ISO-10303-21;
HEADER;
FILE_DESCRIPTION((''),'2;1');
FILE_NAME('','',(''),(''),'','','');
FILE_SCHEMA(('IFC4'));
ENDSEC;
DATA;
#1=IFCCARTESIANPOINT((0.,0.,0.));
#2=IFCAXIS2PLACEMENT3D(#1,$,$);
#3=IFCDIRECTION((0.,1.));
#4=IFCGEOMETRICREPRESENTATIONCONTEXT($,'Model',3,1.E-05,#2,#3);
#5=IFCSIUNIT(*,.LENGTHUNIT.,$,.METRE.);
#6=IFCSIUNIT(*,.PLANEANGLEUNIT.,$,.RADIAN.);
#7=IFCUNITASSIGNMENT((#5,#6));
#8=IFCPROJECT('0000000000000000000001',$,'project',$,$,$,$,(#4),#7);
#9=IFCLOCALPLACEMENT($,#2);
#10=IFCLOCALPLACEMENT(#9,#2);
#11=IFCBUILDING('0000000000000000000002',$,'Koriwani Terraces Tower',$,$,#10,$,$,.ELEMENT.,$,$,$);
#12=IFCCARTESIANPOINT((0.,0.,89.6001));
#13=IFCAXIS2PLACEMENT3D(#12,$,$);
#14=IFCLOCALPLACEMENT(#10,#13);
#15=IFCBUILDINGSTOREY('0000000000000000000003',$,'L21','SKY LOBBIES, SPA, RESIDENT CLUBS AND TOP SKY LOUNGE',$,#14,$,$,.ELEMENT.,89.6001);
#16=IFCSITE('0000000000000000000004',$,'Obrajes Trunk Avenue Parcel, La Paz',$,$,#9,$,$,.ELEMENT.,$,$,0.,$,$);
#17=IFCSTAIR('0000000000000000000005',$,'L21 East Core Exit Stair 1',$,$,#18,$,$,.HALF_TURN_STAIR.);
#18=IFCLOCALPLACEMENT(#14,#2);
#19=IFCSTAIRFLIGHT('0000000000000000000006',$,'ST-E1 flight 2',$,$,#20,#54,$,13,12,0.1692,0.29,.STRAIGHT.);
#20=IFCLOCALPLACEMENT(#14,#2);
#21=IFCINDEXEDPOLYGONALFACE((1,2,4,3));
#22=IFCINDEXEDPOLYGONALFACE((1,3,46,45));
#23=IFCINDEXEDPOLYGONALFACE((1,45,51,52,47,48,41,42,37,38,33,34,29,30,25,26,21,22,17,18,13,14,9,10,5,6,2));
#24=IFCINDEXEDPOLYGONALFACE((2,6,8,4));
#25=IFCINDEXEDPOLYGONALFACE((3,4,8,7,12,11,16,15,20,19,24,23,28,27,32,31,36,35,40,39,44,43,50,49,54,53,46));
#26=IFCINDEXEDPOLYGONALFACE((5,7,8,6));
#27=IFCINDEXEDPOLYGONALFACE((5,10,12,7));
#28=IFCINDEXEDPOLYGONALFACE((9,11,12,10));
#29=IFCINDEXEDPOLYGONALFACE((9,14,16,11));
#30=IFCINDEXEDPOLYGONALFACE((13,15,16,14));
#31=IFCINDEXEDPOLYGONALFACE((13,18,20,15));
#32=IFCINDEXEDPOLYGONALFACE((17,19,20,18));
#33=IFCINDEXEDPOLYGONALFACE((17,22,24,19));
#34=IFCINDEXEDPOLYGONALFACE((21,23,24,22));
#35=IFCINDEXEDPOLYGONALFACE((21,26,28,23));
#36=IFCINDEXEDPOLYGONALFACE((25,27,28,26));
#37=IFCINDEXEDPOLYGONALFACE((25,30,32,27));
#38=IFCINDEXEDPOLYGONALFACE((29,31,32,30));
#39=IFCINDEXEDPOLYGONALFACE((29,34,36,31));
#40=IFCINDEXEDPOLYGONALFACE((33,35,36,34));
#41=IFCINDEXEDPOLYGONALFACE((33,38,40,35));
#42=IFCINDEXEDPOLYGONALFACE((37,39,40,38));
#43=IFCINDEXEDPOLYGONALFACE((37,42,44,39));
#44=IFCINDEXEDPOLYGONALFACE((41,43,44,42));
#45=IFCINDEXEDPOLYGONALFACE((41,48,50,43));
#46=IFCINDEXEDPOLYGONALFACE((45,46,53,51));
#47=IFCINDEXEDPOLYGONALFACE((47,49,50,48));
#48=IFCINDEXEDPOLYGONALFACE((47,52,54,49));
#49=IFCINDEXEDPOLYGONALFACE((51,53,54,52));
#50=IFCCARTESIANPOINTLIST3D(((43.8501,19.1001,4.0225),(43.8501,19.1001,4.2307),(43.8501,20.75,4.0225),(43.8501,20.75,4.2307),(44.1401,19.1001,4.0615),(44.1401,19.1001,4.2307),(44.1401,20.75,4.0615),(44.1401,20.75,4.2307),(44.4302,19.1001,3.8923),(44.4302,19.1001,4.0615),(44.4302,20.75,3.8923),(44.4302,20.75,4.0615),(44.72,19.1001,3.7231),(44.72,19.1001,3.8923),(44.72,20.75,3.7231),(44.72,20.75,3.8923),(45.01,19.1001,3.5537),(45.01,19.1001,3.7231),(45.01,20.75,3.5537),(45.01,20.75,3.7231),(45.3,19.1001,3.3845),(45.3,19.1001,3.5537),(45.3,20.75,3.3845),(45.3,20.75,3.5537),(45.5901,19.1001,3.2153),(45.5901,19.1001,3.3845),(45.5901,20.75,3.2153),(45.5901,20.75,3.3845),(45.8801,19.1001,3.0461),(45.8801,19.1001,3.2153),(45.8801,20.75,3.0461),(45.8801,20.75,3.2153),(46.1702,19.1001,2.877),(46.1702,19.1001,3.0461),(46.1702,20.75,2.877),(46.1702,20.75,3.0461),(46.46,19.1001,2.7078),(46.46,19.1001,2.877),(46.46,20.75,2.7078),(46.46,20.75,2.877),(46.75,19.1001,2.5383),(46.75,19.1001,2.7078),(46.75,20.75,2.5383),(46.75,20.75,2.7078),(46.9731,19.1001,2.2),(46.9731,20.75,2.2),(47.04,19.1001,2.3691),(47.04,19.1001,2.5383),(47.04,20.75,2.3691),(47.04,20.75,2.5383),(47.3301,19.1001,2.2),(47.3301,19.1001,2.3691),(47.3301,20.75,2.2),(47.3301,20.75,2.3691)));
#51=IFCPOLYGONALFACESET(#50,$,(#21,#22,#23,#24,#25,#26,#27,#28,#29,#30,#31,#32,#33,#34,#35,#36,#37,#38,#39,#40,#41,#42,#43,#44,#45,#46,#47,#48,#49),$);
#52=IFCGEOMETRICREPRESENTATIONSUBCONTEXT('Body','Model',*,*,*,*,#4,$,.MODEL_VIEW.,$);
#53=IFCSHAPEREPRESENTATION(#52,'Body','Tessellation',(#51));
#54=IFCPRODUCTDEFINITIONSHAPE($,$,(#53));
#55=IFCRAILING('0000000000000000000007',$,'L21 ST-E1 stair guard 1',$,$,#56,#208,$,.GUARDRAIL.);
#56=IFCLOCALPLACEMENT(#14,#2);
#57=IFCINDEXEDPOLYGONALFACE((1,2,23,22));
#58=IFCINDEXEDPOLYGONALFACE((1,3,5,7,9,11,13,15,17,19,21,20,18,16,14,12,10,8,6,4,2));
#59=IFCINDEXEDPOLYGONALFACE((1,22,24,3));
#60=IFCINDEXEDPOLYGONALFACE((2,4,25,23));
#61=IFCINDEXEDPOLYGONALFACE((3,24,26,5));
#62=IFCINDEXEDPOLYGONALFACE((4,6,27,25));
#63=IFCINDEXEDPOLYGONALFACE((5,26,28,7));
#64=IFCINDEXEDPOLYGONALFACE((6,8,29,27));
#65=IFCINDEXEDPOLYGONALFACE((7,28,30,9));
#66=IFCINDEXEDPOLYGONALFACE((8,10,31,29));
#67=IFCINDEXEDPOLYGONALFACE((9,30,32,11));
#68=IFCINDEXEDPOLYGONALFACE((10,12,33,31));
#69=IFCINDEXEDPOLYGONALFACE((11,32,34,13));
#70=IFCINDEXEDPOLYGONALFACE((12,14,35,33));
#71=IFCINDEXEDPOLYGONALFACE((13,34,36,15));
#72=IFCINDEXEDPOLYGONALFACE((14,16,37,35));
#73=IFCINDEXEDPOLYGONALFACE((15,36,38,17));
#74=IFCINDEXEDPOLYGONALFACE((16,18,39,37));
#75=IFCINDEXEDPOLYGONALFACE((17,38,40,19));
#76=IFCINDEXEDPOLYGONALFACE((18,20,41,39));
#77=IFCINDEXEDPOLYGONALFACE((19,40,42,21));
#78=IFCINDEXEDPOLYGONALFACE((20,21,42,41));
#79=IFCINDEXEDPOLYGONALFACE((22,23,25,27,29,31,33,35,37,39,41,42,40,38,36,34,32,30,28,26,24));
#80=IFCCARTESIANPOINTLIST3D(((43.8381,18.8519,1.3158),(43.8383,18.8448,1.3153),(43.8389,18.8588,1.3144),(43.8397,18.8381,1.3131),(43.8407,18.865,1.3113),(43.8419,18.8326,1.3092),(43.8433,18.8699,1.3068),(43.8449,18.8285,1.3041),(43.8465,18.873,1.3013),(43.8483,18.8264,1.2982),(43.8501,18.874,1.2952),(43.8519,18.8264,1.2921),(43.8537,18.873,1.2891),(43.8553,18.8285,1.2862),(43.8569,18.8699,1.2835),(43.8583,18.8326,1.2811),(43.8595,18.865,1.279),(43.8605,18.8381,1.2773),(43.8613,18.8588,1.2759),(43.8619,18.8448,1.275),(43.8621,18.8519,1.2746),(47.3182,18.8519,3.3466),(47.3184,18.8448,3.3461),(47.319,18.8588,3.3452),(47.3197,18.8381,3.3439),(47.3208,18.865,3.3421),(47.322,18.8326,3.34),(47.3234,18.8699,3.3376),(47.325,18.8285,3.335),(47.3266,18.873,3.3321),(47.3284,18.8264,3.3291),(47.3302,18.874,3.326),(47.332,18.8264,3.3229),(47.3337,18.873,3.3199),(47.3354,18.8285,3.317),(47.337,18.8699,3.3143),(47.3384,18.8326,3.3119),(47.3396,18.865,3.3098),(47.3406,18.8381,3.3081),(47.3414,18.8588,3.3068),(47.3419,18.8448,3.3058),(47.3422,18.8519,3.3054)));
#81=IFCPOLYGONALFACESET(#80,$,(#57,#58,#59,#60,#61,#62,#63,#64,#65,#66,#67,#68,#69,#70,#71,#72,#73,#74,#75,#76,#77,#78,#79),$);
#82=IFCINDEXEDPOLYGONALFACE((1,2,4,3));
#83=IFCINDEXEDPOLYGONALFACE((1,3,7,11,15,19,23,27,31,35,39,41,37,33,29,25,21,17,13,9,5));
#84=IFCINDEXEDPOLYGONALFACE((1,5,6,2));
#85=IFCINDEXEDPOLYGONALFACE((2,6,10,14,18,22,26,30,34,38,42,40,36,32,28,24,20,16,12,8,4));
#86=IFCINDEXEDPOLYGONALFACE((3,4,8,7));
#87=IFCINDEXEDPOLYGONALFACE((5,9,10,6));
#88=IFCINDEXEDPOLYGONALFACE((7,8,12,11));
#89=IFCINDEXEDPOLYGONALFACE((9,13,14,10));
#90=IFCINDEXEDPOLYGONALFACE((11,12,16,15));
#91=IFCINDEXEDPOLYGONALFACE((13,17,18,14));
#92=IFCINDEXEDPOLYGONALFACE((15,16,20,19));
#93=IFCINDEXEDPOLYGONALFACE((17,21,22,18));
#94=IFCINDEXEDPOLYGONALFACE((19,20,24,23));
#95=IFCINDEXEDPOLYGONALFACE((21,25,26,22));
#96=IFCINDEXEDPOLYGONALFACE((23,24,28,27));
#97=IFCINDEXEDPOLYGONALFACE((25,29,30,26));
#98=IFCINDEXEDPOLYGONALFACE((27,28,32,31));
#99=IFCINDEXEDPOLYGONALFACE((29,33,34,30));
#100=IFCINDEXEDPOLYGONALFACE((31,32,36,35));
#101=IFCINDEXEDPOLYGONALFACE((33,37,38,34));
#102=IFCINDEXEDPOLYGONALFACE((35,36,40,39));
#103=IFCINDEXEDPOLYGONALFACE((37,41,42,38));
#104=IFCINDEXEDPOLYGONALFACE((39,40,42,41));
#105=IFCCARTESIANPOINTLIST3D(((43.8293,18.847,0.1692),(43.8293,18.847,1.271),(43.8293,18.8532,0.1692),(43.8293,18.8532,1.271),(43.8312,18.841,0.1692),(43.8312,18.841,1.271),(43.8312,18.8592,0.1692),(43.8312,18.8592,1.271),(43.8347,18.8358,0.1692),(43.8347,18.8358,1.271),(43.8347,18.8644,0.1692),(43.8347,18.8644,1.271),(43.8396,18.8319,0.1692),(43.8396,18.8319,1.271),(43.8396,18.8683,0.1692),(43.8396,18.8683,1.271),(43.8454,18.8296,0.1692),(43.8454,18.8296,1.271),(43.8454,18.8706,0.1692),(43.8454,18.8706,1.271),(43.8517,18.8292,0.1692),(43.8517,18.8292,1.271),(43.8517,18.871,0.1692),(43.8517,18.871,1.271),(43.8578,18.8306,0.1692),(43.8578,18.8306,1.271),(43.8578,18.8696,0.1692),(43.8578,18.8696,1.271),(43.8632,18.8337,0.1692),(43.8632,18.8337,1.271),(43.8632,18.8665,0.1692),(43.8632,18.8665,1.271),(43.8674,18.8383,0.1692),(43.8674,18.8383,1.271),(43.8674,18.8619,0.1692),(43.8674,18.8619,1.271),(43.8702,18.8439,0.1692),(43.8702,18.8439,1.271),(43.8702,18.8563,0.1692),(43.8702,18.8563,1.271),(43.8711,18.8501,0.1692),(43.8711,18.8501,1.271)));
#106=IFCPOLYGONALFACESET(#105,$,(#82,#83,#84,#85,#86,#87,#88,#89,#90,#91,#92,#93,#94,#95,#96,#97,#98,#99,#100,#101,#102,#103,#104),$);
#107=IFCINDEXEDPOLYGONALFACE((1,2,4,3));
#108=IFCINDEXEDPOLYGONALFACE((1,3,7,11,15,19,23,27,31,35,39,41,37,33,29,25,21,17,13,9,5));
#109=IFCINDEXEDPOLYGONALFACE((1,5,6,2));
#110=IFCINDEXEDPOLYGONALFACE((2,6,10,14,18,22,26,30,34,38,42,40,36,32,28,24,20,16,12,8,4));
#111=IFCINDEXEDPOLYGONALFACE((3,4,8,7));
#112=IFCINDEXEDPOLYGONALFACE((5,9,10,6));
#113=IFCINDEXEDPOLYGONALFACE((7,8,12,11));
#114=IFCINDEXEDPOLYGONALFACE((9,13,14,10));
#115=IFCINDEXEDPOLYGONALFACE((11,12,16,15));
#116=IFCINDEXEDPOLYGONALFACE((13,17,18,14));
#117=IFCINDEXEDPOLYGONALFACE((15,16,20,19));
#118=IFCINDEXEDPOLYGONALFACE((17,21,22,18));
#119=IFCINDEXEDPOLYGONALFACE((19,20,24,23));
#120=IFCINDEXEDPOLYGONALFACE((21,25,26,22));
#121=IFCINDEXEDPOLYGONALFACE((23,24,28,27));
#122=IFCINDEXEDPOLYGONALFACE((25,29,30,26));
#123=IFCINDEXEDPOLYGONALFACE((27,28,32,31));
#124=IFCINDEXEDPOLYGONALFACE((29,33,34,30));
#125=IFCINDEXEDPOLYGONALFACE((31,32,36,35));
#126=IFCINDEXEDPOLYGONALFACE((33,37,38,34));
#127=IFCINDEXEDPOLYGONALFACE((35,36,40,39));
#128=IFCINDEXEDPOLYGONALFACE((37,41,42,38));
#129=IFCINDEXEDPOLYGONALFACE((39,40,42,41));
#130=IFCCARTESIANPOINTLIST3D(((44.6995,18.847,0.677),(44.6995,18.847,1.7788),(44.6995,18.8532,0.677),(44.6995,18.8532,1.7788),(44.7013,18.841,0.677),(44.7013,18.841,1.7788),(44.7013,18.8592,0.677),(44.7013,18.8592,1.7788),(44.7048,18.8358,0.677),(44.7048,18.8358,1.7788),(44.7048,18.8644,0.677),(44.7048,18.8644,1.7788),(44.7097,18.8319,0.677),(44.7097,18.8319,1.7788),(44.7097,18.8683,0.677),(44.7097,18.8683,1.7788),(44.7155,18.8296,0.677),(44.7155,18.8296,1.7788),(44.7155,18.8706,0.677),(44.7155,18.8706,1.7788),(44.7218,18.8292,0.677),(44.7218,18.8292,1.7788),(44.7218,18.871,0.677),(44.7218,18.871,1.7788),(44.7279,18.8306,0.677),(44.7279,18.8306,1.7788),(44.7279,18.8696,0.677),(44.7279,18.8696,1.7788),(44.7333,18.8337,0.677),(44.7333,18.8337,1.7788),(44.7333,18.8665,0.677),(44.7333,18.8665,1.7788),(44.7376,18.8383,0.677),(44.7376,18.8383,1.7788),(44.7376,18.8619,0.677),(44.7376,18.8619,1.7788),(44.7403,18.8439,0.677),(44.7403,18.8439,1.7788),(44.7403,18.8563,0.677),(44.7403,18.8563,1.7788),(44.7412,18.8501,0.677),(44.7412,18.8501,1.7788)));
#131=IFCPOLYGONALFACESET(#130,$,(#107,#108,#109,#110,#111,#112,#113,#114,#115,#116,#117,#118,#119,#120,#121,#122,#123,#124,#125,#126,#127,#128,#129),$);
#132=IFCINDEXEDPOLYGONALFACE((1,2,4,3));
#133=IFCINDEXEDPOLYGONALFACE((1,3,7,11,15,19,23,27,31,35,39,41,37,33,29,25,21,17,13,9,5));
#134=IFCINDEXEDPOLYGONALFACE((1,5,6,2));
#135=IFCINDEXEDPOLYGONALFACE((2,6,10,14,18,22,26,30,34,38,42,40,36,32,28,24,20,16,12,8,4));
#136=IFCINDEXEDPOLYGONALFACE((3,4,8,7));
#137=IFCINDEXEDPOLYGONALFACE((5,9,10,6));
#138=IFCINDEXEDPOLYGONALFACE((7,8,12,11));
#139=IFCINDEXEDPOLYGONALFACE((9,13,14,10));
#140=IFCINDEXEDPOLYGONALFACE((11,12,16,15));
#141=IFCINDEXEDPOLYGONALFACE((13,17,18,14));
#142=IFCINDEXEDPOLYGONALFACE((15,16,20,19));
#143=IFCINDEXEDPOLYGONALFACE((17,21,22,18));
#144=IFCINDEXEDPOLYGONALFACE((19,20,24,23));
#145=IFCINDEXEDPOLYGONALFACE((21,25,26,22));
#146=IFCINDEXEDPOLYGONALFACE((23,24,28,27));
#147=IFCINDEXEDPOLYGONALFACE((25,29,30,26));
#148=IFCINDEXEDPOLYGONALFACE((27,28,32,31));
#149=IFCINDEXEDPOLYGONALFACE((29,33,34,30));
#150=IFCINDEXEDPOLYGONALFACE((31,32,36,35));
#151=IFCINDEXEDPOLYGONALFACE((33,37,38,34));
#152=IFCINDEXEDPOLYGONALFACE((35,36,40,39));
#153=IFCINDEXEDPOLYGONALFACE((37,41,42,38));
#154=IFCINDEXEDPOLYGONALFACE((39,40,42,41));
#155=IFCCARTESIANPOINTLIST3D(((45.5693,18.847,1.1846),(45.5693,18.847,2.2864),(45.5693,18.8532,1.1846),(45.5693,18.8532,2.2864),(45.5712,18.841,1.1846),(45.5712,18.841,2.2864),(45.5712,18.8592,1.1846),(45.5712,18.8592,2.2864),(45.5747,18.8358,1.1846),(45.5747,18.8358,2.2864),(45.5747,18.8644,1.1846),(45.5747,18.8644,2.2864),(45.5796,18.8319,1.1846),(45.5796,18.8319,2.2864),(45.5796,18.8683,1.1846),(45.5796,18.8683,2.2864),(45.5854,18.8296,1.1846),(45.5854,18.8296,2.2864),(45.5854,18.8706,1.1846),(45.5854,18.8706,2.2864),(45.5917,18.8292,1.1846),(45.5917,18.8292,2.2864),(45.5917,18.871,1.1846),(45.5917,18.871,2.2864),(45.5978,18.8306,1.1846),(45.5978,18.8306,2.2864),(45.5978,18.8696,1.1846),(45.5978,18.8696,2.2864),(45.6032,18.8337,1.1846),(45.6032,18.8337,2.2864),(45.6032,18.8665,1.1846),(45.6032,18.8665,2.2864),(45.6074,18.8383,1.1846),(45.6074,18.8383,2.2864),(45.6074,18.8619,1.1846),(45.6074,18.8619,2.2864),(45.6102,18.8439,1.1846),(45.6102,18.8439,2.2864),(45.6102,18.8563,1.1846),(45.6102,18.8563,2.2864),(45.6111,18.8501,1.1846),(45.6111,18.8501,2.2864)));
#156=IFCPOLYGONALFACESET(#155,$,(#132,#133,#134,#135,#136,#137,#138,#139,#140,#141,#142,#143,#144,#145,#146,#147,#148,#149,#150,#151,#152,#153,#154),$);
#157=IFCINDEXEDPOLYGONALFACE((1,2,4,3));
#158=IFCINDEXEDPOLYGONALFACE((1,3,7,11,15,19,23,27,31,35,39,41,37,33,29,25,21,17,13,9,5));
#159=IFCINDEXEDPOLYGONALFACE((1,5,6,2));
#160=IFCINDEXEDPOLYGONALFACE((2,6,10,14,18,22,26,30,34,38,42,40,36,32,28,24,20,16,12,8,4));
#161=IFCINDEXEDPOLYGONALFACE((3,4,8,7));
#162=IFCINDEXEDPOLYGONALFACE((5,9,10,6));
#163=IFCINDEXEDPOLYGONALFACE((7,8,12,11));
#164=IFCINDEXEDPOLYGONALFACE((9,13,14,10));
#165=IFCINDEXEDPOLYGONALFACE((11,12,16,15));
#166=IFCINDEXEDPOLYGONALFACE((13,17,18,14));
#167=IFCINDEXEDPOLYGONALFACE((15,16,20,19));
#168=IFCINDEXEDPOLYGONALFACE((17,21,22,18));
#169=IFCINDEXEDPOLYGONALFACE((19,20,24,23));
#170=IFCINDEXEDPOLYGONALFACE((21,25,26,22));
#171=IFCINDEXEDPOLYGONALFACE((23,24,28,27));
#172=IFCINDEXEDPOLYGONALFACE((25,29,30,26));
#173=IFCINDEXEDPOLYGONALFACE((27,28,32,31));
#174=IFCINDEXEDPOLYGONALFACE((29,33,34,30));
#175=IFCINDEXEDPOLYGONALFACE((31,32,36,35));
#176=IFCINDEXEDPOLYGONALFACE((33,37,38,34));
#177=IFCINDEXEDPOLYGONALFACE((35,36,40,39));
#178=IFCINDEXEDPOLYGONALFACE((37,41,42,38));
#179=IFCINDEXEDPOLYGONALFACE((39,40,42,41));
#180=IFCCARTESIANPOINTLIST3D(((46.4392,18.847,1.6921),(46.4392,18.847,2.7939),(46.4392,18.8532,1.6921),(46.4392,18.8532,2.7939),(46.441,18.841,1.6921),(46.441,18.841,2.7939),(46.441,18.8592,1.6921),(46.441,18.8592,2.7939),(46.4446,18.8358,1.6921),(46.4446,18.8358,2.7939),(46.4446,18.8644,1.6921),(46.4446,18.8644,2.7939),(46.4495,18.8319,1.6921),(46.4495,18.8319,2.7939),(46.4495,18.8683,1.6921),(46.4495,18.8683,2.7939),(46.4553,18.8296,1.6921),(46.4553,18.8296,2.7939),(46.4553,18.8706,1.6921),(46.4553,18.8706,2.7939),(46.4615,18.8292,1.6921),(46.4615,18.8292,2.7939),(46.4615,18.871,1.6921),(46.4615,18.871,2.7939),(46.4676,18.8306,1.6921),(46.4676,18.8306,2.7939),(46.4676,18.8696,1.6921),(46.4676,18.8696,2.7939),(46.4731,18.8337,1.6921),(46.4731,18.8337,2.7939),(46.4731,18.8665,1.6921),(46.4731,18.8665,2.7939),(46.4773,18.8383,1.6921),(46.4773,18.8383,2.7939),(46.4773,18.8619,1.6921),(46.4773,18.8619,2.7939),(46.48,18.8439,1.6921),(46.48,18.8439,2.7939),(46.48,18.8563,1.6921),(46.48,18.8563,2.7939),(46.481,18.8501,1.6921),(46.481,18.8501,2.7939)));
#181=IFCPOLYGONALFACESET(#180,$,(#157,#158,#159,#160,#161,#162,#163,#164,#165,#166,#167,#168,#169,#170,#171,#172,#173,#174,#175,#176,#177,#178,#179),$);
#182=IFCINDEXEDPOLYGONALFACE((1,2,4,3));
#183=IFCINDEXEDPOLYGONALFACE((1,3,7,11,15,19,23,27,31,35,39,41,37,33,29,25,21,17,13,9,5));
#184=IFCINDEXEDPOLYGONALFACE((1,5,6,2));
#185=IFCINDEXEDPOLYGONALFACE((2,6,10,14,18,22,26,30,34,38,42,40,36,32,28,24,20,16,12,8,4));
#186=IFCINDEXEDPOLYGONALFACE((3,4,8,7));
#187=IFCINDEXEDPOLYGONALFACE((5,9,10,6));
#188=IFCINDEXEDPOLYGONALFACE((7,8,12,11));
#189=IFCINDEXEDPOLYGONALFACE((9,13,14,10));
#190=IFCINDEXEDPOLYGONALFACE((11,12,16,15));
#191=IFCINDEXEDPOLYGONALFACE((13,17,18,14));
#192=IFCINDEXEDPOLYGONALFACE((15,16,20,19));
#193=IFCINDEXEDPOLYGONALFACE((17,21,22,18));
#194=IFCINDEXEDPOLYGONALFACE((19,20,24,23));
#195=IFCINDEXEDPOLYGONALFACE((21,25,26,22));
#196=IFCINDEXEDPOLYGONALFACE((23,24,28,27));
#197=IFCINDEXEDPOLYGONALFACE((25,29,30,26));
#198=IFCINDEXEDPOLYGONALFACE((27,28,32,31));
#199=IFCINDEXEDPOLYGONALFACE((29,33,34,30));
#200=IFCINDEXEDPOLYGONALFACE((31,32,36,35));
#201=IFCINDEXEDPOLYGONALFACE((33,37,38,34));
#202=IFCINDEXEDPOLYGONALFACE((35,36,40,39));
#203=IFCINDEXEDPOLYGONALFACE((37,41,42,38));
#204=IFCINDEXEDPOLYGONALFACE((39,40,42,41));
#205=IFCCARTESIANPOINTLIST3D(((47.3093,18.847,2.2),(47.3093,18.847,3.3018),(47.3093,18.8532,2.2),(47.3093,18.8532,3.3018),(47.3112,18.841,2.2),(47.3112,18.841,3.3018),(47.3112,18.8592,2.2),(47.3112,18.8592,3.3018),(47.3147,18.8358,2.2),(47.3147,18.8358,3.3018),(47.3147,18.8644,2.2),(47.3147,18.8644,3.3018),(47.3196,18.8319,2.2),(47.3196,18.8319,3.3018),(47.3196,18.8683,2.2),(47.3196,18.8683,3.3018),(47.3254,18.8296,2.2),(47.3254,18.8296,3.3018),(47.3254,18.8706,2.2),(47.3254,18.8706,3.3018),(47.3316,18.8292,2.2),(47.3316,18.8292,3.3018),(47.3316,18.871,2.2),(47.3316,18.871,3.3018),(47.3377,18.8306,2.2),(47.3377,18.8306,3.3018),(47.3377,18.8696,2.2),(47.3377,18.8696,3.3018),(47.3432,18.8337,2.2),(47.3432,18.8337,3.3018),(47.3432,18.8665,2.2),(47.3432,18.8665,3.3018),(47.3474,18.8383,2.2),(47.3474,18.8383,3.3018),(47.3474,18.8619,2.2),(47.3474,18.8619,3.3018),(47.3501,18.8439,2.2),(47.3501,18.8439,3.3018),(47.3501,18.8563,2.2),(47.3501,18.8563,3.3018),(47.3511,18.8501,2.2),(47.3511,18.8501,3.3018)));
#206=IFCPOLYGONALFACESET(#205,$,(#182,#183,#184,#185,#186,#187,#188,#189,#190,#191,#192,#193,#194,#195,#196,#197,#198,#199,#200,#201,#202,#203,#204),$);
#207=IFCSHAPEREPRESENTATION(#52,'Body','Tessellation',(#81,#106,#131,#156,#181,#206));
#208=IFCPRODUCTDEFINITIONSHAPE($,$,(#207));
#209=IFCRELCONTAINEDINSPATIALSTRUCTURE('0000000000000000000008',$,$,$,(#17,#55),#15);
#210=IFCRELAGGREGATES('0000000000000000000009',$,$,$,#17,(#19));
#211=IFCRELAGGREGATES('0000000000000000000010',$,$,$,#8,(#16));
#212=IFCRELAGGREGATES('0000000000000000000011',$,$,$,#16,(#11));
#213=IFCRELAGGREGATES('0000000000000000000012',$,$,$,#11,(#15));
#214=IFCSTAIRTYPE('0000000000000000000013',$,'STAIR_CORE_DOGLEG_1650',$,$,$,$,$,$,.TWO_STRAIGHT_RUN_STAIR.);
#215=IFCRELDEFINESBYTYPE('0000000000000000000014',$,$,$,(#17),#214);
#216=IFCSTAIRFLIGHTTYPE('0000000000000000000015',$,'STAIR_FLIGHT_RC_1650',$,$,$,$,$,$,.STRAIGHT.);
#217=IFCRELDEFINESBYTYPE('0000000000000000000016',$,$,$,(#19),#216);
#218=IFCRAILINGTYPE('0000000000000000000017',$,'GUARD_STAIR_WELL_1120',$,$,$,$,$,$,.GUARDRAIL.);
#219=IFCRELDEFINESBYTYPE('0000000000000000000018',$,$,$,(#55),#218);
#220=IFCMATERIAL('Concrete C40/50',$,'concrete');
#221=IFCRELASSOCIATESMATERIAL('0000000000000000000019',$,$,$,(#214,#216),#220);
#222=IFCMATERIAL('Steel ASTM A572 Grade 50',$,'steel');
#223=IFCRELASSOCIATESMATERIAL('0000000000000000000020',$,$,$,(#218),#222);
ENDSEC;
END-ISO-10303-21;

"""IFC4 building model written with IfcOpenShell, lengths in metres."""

from ifc_helpers import new_model, si_unit, direction, frame, origin, origin_2d, place, context, subcontext, project, spatial, polyline, circle, outline, extrude, material, type_object, element, aggregate, save


model = new_model("IFC4")

# Units and contexts
model_context = context("Model", 3, precision=1e-05, world=origin(), true_north=direction((0.0, 1.0)))
body_context = subcontext(model_context, "Body", "Model", "MODEL_VIEW")
ifc_project = project(units=[si_unit("LENGTHUNIT", "METRE"), si_unit("PLANEANGLEUNIT", "RADIAN")], contexts=[model_context])

# Site, building, storey
site_placement = place(None, origin())
site = spatial("IfcSite", under=ifc_project, at=site_placement, Name="Obrajes Trunk Avenue Parcel, La Paz", CompositionType="ELEMENT", RefElevation=0.0)
building_placement = place(site_placement, origin())
building = spatial("IfcBuilding", under=site, at=building_placement, Name="Koriwani Terraces Tower", CompositionType="ELEMENT")
storey_placement = place(building_placement, frame((0.0, 0.0, 89.6001)))
storey = spatial("IfcBuildingStorey", under=building, at=storey_placement, Name="L21", Description="SKY LOBBIES, SPA, RESIDENT CLUBS AND TOP SKY LOUNGE", CompositionType="ELEMENT", Elevation=89.6001)

# Shared definitions
ifc_material_1 = material(Name="Steel ASTM A572 Grade 50", Category="steel")

# Shared definitions
ifc_material_2 = material(Name="Concrete C40/50", Category="concrete")

# Stair, stair flight
stair_type = type_object("IfcStairType", Name="STAIR_CORE_DOGLEG_1650", PredefinedType="TWO_STRAIGHT_RUN_STAIR", material=ifc_material_2)
stair_placement = place(storey_placement, origin())
stair = element("IfcStair", 1, at=stair_placement, inside=storey, type_object=stair_type, Name="L21 East Core Exit Stair 1", PredefinedType="HALF_TURN_STAIR")
stair_flight_type = type_object("IfcStairFlightType", Name="STAIR_FLIGHT_RC_1650", PredefinedType="STRAIGHT", material=ifc_material_2)
stair_flight_1_placement = place(storey_placement, frame((47.3301, 19.925, 2.2), z_axis=(0.0, 0.0, 1.0), x_axis=(-1.0, 0.0, 0.0)))
stair_flight_1 = element("IfcStairFlight", 2, at=stair_flight_1_placement, type_object=stair_flight_type, Name="ST-E1 flight 2", NumberOfRisers=13, NumberOfTreads=12, PredefinedType="STRAIGHT", RiserHeight=0.1692, TreadLength=0.29, context=body_context, shape_type="SweptSolid", body=[
    extrude(outline(polyline([(0.0, 0.0), (0.0, 0.1692), (0.29, 0.1692), (0.29, 0.3384), (0.5801, 0.3384), (0.5801, 0.5078), (0.8701, 0.5078), (0.8701, 0.677), (1.1599, 0.677), (1.1599, 0.8462), (1.45, 0.8462), (1.45, 1.0154), (1.74, 1.0154), (1.74, 1.1846), (2.03, 1.1846), (2.03, 1.3538), (2.3201, 1.3538), (2.3201, 1.5232), (2.6101, 1.5232), (2.6101, 1.6924), (2.8999, 1.6924), (2.8999, 1.8616), (3.1899, 1.8616), (3.1899, 2.0308), (3.48, 2.0308), (3.48, 2.2), (3.48, 1.8225), (0.3569, 0.0), (0.0, 0.0)])), frame((0.0, 0.825, 0.0), z_axis=(0.0, -1.0, 0.0), x_axis=(1.0, 0.0, 0.0)), (0.0, 0.0, 1.0), 1.6499),
])
aggregate(stair, [stair_flight_1])

# Railing
railing_type_1 = type_object("IfcRailingType", Name="GUARD_STAIR_WELL_1120", PredefinedType="GUARDRAIL", material=ifc_material_1)
railing_1_placement = place(storey_placement, frame((43.8501, 18.8501, 0.1692)))
element("IfcRailing", 3, at=railing_1_placement, inside=storey, type_object=railing_type_1, Name="L21 ST-E1 stair guard 1", PredefinedType="GUARDRAIL", context=body_context, shape_type="SweptSolid", body=[
    extrude(circle(Radius=0.0239, at=origin_2d()), frame((0.0, 0.0, 1.126), z_axis=(0.863695, 0.0, 0.504014), x_axis=(0.0, 1.0, 0.0)), (0.0, 0.0, 1.0), 4.0293),
    extrude(circle(Radius=0.021, at=origin_2d()), origin(), (0.0, 0.0, 1.0), 1.1018),
    extrude(circle(Radius=0.021, at=origin_2d()), frame((0.8701, 0.0, 0.5078)), (0.0, 0.0, 1.0), 1.1018),
    extrude(circle(Radius=0.021, at=origin_2d()), frame((1.74, 0.0, 1.0154)), (0.0, 0.0, 1.0), 1.1018),
    extrude(circle(Radius=0.021, at=origin_2d()), frame((2.6099, 0.0, 1.5229)), (0.0, 0.0, 1.0), 1.1018),
    extrude(circle(Radius=0.021, at=origin_2d()), frame((3.48, 0.0, 2.0308)), (0.0, 0.0, 1.0), 1.1018),
])

save(model, "model.ifc")
